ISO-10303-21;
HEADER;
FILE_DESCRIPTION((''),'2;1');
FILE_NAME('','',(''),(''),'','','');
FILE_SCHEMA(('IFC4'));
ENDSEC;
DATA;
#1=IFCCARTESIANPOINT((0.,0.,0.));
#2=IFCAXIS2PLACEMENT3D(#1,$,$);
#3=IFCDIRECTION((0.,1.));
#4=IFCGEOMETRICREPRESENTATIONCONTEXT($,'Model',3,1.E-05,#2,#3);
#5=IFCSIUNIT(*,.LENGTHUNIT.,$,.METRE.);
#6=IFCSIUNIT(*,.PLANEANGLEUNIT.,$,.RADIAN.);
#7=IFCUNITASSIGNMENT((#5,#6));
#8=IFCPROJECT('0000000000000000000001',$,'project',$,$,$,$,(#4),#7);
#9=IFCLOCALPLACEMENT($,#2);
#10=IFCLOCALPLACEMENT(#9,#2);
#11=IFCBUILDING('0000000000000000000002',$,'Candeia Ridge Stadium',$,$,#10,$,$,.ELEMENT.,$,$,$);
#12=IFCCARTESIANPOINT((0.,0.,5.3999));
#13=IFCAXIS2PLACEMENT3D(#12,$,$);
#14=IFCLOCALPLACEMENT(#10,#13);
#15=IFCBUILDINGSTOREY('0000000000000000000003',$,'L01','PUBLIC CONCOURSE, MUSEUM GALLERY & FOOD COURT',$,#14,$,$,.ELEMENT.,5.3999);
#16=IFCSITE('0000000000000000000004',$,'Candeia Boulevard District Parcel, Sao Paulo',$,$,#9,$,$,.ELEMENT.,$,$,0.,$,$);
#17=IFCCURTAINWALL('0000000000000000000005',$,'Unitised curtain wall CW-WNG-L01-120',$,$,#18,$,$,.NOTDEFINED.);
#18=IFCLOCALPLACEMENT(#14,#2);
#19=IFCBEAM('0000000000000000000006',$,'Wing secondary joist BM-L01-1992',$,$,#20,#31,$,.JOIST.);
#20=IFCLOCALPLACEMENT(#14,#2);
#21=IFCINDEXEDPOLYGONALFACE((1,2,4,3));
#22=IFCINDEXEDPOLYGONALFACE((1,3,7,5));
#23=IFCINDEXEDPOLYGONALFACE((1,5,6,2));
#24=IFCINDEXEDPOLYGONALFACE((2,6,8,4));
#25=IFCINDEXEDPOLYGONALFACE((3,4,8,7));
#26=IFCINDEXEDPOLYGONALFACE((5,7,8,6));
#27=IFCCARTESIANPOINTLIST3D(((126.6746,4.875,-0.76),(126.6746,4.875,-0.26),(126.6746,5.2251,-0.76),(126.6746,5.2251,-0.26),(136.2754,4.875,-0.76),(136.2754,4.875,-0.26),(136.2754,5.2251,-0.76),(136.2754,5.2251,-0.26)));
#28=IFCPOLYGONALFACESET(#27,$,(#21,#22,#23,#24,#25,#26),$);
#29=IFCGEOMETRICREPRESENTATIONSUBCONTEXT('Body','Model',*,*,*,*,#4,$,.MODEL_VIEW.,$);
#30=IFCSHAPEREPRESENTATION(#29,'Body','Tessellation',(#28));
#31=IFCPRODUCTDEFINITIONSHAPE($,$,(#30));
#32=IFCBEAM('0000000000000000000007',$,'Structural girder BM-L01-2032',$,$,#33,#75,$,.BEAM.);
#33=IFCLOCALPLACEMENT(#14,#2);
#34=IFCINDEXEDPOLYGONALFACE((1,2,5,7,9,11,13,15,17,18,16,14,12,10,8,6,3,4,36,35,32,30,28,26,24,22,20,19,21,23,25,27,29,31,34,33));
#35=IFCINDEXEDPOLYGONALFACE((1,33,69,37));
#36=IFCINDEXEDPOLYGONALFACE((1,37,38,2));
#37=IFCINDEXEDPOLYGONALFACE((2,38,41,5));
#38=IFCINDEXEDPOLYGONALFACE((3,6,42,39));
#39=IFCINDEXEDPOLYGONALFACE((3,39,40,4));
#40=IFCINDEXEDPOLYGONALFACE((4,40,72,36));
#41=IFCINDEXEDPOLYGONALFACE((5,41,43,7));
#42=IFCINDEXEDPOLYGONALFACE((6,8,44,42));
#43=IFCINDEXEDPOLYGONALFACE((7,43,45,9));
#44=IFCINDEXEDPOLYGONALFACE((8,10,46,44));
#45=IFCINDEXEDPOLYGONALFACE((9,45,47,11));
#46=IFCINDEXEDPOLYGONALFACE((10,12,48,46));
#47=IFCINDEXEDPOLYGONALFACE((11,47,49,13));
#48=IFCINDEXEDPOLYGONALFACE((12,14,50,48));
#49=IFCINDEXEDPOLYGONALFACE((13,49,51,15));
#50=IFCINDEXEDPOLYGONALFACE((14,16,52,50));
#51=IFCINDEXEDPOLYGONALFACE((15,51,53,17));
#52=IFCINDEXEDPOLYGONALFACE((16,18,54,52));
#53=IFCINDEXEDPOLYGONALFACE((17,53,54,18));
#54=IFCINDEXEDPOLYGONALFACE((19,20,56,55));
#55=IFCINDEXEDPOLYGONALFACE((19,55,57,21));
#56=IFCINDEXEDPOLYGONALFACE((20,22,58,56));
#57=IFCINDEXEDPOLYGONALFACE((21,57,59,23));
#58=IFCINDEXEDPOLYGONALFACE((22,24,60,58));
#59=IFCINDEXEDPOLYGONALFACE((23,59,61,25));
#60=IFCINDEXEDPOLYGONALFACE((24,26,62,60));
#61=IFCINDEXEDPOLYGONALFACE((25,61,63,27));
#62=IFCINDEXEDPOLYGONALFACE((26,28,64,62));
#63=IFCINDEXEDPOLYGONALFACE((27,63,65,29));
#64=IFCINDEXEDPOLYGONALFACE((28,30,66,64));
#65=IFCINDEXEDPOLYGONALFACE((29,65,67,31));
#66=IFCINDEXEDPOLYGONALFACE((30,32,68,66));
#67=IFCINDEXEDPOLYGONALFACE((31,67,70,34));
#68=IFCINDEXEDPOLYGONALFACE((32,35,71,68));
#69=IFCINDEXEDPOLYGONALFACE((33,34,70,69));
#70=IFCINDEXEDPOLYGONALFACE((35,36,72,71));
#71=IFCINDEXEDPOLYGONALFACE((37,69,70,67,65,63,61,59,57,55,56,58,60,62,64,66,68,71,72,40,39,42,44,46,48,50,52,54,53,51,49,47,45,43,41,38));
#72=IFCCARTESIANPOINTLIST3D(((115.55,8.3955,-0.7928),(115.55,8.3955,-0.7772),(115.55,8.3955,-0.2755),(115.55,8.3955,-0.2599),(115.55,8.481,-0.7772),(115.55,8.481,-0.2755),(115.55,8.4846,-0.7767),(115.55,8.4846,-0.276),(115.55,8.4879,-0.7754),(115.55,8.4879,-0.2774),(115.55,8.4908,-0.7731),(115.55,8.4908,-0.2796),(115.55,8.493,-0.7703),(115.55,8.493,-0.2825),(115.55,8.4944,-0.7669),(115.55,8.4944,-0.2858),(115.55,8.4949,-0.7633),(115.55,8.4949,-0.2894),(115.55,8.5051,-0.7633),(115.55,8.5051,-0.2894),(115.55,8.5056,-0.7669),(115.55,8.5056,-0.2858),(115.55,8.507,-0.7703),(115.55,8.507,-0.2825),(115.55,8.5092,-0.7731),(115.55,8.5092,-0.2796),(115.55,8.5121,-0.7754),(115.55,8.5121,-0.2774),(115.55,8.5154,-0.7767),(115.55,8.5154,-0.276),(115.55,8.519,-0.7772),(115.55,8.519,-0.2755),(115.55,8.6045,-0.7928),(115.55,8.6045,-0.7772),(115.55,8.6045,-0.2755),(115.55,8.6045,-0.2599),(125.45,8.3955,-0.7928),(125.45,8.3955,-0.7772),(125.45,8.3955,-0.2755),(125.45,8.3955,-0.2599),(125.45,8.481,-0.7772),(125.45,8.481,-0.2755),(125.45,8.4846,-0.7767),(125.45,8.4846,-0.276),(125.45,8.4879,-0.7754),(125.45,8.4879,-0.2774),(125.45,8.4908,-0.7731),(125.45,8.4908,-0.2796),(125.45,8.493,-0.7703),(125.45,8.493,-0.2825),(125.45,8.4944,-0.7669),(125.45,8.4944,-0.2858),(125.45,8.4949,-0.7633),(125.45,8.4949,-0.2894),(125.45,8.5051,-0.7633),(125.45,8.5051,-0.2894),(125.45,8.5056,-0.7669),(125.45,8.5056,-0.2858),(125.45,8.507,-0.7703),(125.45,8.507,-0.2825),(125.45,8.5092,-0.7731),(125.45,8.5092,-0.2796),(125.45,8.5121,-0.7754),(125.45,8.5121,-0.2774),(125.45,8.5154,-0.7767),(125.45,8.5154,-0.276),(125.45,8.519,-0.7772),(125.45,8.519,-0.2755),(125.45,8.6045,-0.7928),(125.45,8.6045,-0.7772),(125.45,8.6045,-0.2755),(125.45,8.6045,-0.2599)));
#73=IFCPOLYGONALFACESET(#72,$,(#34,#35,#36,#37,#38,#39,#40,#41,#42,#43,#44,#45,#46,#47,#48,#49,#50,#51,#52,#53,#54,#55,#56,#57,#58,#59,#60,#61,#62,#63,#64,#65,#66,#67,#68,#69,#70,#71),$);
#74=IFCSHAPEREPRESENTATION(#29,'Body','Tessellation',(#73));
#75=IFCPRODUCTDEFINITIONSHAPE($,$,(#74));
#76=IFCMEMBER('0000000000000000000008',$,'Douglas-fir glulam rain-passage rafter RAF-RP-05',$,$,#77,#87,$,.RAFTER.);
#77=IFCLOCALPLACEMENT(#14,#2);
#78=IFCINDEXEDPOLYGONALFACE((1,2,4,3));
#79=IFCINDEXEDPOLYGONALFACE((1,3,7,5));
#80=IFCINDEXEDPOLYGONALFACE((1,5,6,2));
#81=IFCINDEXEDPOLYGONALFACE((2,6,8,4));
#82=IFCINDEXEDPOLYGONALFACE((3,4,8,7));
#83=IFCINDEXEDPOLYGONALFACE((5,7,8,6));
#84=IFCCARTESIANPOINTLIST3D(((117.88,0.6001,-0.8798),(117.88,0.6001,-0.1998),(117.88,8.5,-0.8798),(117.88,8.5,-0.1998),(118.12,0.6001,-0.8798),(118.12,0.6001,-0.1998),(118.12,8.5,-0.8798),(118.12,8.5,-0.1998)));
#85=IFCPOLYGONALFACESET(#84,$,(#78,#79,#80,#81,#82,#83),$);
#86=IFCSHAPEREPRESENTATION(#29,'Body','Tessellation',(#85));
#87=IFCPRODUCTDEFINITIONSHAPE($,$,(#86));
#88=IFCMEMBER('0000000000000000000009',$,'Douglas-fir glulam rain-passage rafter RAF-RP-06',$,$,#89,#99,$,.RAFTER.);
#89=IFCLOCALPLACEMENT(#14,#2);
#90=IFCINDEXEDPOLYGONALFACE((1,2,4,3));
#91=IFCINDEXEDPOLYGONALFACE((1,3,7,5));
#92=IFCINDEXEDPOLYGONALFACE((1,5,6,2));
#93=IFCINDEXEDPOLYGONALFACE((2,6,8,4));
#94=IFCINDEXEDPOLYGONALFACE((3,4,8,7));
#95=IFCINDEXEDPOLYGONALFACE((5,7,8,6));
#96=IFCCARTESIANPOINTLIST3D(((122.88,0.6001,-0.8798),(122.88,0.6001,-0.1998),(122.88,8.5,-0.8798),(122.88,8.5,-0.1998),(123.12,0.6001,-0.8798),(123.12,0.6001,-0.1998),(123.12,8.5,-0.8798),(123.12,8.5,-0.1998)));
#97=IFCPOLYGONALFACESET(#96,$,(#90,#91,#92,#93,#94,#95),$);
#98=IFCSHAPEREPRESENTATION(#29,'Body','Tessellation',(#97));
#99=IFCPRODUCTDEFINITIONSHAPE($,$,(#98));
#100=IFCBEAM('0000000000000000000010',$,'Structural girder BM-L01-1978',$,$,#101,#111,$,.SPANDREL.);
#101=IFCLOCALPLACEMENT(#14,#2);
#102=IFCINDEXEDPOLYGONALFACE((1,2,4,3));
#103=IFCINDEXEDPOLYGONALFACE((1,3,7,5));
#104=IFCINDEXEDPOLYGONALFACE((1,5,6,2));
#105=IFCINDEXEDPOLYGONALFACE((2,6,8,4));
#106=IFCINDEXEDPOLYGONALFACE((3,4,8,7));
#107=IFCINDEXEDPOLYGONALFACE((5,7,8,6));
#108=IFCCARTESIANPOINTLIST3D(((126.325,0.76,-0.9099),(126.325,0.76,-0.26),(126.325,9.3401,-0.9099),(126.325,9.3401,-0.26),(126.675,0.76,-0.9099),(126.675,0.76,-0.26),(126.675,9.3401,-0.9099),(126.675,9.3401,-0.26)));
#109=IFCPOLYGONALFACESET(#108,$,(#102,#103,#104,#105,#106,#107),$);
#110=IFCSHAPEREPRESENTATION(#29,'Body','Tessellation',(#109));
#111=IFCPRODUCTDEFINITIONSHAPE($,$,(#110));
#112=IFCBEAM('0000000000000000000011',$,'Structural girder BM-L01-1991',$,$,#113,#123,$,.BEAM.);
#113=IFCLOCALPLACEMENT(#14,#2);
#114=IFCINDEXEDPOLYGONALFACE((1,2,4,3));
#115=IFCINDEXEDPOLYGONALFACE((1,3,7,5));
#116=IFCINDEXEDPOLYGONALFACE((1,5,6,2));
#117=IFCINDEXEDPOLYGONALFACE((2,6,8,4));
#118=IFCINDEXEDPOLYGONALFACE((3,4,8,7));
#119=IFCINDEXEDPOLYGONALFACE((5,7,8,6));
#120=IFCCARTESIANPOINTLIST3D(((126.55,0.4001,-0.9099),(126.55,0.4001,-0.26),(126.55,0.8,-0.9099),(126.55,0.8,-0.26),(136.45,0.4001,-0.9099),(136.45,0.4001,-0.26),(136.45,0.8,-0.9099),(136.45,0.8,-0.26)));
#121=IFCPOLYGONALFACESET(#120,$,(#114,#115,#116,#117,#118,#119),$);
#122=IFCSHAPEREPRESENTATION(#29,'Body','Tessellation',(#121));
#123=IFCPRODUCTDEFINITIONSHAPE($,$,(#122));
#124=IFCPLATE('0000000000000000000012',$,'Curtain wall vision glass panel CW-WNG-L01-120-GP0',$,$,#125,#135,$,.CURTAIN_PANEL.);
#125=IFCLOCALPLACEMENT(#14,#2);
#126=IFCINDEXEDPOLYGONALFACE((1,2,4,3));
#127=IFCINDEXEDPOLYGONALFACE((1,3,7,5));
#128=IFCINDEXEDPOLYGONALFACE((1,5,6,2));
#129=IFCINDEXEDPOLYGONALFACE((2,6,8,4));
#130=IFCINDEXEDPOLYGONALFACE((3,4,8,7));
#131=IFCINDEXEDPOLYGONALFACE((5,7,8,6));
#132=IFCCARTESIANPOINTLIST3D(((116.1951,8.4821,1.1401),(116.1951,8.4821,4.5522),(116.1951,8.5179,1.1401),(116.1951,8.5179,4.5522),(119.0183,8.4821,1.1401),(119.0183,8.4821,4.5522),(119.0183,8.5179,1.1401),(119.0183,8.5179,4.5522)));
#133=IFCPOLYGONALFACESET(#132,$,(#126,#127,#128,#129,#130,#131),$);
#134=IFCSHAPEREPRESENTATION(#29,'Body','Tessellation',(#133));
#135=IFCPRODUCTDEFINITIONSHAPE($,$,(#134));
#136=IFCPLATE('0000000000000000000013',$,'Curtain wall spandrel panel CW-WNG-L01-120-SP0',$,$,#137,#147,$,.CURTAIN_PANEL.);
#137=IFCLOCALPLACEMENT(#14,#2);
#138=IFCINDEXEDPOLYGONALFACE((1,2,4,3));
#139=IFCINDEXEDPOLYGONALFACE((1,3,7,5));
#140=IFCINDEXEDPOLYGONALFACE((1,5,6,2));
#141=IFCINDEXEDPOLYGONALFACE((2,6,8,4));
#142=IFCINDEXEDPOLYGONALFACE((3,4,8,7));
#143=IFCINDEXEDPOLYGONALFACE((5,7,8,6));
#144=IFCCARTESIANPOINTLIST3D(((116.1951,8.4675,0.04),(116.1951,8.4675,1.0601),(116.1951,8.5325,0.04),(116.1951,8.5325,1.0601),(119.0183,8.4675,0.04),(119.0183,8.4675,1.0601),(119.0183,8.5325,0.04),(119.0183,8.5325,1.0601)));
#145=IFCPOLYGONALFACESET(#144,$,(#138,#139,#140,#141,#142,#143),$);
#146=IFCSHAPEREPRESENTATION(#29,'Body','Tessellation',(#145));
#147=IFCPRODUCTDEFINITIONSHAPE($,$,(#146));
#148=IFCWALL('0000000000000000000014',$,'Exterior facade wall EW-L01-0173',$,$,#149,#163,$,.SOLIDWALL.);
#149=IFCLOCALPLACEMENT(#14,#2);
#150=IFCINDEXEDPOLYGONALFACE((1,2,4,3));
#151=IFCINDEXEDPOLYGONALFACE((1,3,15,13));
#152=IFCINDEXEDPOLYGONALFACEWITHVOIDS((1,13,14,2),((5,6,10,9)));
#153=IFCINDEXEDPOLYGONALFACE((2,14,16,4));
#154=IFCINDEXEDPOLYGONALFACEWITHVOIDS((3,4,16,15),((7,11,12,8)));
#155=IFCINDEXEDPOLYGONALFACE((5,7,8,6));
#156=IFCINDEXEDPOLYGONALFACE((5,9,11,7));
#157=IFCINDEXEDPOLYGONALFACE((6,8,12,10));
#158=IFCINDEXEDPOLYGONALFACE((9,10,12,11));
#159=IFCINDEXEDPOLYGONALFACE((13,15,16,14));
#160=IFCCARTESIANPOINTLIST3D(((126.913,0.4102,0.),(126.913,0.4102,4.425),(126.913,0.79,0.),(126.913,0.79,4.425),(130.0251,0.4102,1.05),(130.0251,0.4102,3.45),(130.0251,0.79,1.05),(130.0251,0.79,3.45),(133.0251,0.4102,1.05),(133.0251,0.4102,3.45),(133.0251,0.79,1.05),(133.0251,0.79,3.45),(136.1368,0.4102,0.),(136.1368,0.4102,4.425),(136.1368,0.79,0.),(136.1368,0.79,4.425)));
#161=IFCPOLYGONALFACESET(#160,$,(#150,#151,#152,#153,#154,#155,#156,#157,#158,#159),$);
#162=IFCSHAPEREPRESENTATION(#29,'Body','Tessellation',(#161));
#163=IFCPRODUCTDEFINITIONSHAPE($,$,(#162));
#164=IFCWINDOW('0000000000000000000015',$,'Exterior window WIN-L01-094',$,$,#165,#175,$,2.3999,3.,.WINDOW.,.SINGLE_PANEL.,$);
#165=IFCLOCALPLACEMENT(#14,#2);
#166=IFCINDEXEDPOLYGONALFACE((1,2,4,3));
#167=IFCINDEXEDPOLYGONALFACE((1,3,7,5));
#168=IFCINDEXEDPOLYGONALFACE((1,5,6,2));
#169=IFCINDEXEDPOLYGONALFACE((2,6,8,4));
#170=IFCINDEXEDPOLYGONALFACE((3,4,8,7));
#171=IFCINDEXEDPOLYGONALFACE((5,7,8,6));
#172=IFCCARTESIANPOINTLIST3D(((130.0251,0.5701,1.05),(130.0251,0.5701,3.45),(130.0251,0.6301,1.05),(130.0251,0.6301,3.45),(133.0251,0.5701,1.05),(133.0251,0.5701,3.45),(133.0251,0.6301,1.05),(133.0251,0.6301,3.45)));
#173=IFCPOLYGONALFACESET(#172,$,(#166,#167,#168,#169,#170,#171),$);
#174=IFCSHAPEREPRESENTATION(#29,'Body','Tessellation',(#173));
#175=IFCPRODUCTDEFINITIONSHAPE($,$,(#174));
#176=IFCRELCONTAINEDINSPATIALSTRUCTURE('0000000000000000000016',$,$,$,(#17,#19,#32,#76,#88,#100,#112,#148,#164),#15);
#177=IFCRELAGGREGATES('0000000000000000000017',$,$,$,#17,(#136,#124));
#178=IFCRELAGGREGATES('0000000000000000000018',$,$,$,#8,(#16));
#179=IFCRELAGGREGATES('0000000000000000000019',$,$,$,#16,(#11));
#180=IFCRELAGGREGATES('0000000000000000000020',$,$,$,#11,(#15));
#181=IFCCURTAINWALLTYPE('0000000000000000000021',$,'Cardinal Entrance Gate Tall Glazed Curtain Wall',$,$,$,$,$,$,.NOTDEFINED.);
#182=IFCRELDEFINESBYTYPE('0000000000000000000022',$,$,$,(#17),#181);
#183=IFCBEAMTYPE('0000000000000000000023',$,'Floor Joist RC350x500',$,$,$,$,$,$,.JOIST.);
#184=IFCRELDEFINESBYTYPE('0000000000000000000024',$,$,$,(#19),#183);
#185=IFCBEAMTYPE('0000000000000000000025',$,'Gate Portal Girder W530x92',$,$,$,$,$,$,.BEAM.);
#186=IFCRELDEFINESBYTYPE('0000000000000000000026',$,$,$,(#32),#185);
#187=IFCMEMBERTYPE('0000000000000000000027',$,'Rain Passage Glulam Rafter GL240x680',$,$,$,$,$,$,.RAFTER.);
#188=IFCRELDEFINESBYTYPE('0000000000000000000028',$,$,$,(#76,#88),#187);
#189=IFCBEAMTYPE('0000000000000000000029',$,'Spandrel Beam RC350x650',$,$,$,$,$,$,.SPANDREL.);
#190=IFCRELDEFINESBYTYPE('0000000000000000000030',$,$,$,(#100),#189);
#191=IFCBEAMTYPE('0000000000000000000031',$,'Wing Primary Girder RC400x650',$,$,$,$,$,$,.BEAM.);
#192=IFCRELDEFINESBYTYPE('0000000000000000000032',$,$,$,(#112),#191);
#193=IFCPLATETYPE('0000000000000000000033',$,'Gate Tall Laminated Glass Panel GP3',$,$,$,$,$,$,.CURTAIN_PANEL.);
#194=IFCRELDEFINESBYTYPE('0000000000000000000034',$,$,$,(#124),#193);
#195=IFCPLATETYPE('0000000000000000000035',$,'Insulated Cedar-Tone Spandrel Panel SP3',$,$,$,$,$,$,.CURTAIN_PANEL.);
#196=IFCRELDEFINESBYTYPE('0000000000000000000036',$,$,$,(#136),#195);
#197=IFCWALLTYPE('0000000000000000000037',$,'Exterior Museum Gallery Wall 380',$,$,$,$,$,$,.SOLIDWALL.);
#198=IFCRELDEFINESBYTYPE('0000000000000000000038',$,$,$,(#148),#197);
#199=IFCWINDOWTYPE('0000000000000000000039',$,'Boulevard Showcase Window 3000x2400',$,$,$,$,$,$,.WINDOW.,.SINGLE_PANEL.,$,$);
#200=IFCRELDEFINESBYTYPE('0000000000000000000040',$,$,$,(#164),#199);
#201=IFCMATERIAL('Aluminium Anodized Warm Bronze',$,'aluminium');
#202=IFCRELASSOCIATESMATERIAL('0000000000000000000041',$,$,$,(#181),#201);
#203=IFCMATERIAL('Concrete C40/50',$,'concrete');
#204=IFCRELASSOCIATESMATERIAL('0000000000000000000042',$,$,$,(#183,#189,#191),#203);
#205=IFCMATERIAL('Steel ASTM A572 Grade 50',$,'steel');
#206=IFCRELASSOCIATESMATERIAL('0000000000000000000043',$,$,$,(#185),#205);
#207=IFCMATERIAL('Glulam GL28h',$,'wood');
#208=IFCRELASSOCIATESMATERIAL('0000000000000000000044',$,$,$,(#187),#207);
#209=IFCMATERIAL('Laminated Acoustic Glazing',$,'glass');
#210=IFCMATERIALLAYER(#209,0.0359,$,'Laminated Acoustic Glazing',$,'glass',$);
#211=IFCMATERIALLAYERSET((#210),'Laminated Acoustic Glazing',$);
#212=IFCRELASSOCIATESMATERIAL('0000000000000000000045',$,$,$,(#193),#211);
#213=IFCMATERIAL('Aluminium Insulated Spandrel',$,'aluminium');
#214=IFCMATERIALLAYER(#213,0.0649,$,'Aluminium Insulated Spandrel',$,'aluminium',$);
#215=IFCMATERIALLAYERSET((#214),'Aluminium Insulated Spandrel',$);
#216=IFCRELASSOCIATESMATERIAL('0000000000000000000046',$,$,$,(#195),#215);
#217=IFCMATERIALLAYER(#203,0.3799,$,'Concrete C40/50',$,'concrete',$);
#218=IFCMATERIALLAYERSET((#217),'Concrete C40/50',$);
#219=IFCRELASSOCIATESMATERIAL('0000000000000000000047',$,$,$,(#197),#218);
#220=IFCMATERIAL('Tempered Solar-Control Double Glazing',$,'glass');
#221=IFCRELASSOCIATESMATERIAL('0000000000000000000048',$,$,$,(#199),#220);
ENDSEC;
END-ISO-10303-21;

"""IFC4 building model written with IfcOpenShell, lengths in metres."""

from ifc_helpers import new_model, si_unit, direction, frame, frame_2d, origin, origin_2d, place, context, subcontext, project, spatial, rectangle, i_section, extrude, material, layer, layer_set, material_profile, profile_set, type_object, element, fill, aggregate, save


model = new_model("IFC4")

# Units and contexts
model_context = context("Model", 3, precision=1e-05, world=origin(), true_north=direction((0.0, 1.0)))
body_context = subcontext(model_context, "Body", "Model", "MODEL_VIEW")
ifc_project = project(units=[si_unit("LENGTHUNIT", "METRE"), si_unit("PLANEANGLEUNIT", "RADIAN")], contexts=[model_context])

# Site, building, storey
site_placement = place(None, origin())
site = spatial("IfcSite", under=ifc_project, at=site_placement, Name="Candeia Boulevard District Parcel, Sao Paulo", CompositionType="ELEMENT", RefElevation=0.0)
building_placement = place(site_placement, origin())
building = spatial("IfcBuilding", under=site, at=building_placement, Name="Candeia Ridge Stadium", CompositionType="ELEMENT")
storey_placement = place(building_placement, frame((0.0, 0.0, 5.3999)))
storey = spatial("IfcBuildingStorey", under=building, at=storey_placement, Name="L01", Description="PUBLIC CONCOURSE, MUSEUM GALLERY & FOOD COURT", CompositionType="ELEMENT", Elevation=5.3999)

# Shared definitions
ifc_material_1 = material(Name="Steel ASTM A572 Grade 50", Category="steel")

# Shared definitions
ifc_material_2 = material(Name="Aluminium Anodized Warm Bronze", Category="aluminium")
curtain_wall_type = type_object("IfcCurtainWallType", Name="Cardinal Entrance Gate Tall Glazed Curtain Wall", PredefinedType="NOTDEFINED", material=ifc_material_2)

# Curtain wall
curtain_wall_1_placement = place(storey_placement, origin())
curtain_wall_1 = element("IfcCurtainWall", 1, at=curtain_wall_1_placement, inside=storey, type_object=curtain_wall_type, Name="Unitised curtain wall CW-WNG-L01-120", PredefinedType="NOTDEFINED")

# Beams
ifc_material_3 = material(Name="Concrete C40/50", Category="concrete")
ifc_material_profile_1 = material_profile(ifc_material_3, rectangle(XDim=0.3501, YDim=0.5, at=origin_2d()), Name="RC350x500", Category="concrete")
ifc_profile_set_1 = profile_set([ifc_material_profile_1], Name="Concrete C40/50")
beam_type_1 = type_object("IfcBeamType", Name="Floor Joist RC350x500", PredefinedType="JOIST", material=ifc_profile_set_1)
beam_1_placement = place(storey_placement, frame((126.6746, 5.05, -0.51), z_axis=(1.0, 0.0, 0.0), x_axis=(0.0, 1.0, 0.0)))
element("IfcBeam", 2, at=beam_1_placement, inside=storey, type_object=beam_type_1, Name="Wing secondary joist BM-L01-1992", PredefinedType="JOIST", context=body_context, shape_type="SweptSolid", body=[
    extrude(rectangle(XDim=0.3501, YDim=0.5, at=origin_2d()), origin(), (0.0, 0.0, 1.0), 9.6008),
])
ifc_material_profile_2 = material_profile(ifc_material_1, i_section(OverallWidth=0.209, OverallDepth=0.533, WebThickness=0.0103, FlangeThickness=0.0156, FilletRadius=0.0139, at=origin_2d()), Name="W530x92", Category="steel")
ifc_profile_set_2 = profile_set([ifc_material_profile_2], Name="Steel ASTM A572 Grade 50")
beam_type_2 = type_object("IfcBeamType", Name="Gate Portal Girder W530x92", PredefinedType="BEAM", material=ifc_profile_set_2)
beam_2_placement = place(storey_placement, frame((115.55, 8.5, -0.5264), z_axis=(1.0, 0.0, 0.0), x_axis=(0.0, 1.0, 0.0)))
element("IfcBeam", 3, at=beam_2_placement, inside=storey, type_object=beam_type_2, Name="Structural girder BM-L01-2032", PredefinedType="BEAM", context=body_context, shape_type="SweptSolid", body=[
    extrude(i_section(OverallWidth=0.209, OverallDepth=0.533, WebThickness=0.0103, FlangeThickness=0.0156, FilletRadius=0.0139, at=origin_2d()), origin(), (0.0, 0.0, 1.0), 9.8999),
])

# Members
ifc_material_4 = material(Name="Glulam GL28h", Category="wood")
ifc_material_profile_3 = material_profile(ifc_material_4, rectangle(XDim=0.24, YDim=0.6799, at=origin_2d()), Name="GL240x680", Category="wood")
ifc_profile_set_3 = profile_set([ifc_material_profile_3], Name="Glulam GL28h")
member_type_1 = type_object("IfcMemberType", Name="Rain Passage Glulam Rafter GL240x680", PredefinedType="RAFTER", material=ifc_profile_set_3)
for number, where, z_axis, x_axis, name in (
    (4, (118.0, 0.6001, -0.5398), (0.0, 1.0, 0.0), (-1.0, 0.0, 0.0), "Douglas-fir glulam rain-passage rafter RAF-RP-05"),
    (5, (123.0, 0.6001, -0.5398), (0.0, 1.0, 0.0), (-1.0, 0.0, 0.0), "Douglas-fir glulam rain-passage rafter RAF-RP-06"),
):
    element("IfcMember", number, at=place(storey_placement, frame(where, z_axis=z_axis, x_axis=x_axis)), inside=storey, type_object=member_type_1, Name=name, PredefinedType="RAFTER", context=body_context, shape_type="SweptSolid", body=[
        extrude(rectangle(XDim=0.24, YDim=0.6799, at=origin_2d()), origin(), (0.0, 0.0, 1.0), 7.8999),
    ])

# Beams
ifc_material_profile_4 = material_profile(ifc_material_3, rectangle(XDim=0.3501, YDim=0.6499, at=origin_2d()), Name="RC350x650", Category="concrete")
ifc_profile_set_4 = profile_set([ifc_material_profile_4], Name="Concrete C40/50")
beam_type_3 = type_object("IfcBeamType", Name="Spandrel Beam RC350x650", PredefinedType="SPANDREL", material=ifc_profile_set_4)
beam_3_placement = place(storey_placement, frame((126.5, 0.76, -0.585), z_axis=(0.0, 1.0, 0.0), x_axis=(-1.0, 0.0, 0.0)))
element("IfcBeam", 6, at=beam_3_placement, inside=storey, type_object=beam_type_3, Name="Structural girder BM-L01-1978", PredefinedType="SPANDREL", context=body_context, shape_type="SweptSolid", body=[
    extrude(rectangle(XDim=0.3501, YDim=0.6499, at=origin_2d()), origin(), (0.0, 0.0, 1.0), 8.5801),
])
ifc_material_profile_5 = material_profile(ifc_material_3, rectangle(XDim=0.3999, YDim=0.6499, at=origin_2d()), Name="RC400x650", Category="concrete")
ifc_profile_set_5 = profile_set([ifc_material_profile_5], Name="Concrete C40/50")
beam_type_4 = type_object("IfcBeamType", Name="Wing Primary Girder RC400x650", PredefinedType="BEAM", material=ifc_profile_set_5)
beam_4_placement = place(storey_placement, frame((126.55, 0.6001, -0.585), z_axis=(1.0, 0.0, 0.0), x_axis=(0.0, 1.0, 0.0)))
element("IfcBeam", 7, at=beam_4_placement, inside=storey, type_object=beam_type_4, Name="Structural girder BM-L01-1991", PredefinedType="BEAM", context=body_context, shape_type="SweptSolid", body=[
    extrude(rectangle(XDim=0.3999, YDim=0.6499, at=origin_2d()), origin(), (0.0, 0.0, 1.0), 9.8999),
])

# Plates
ifc_material_5 = material(Name="Laminated Acoustic Glazing", Category="glass")
ifc_layer_1 = layer(ifc_material_5, 0.0359, Name="Laminated Acoustic Glazing", Category="glass")
ifc_layer_set_1 = layer_set([ifc_layer_1], Name="Laminated Acoustic Glazing")
plate_type_1 = type_object("IfcPlateType", Name="Gate Tall Laminated Glass Panel GP3", PredefinedType="CURTAIN_PANEL", material=ifc_layer_set_1)
plate_1_placement = place(storey_placement, frame((117.6067, 8.5, 1.1401), z_axis=(0.0, 0.0, 1.0), x_axis=(1.0, 0.0, 0.0)))
plate_1 = element("IfcPlate", 8, at=plate_1_placement, type_object=plate_type_1, Name="Curtain wall vision glass panel CW-WNG-L01-120-GP0", PredefinedType="CURTAIN_PANEL", context=body_context, shape_type="SweptSolid", body=[
    extrude(rectangle(XDim=2.8232, YDim=0.0359, at=origin_2d()), origin(), (0.0, 0.0, 1.0), 3.4121),
])
ifc_material_6 = material(Name="Aluminium Insulated Spandrel", Category="aluminium")
ifc_layer_2 = layer(ifc_material_6, 0.0649, Name="Aluminium Insulated Spandrel", Category="aluminium")
ifc_layer_set_2 = layer_set([ifc_layer_2], Name="Aluminium Insulated Spandrel")
plate_type_2 = type_object("IfcPlateType", Name="Insulated Cedar-Tone Spandrel Panel SP3", PredefinedType="CURTAIN_PANEL", material=ifc_layer_set_2)
plate_2_placement = place(storey_placement, frame((117.6067, 8.5, 0.04), z_axis=(0.0, 0.0, 1.0), x_axis=(1.0, 0.0, 0.0)))
plate_2 = element("IfcPlate", 9, at=plate_2_placement, type_object=plate_type_2, Name="Curtain wall spandrel panel CW-WNG-L01-120-SP0", PredefinedType="CURTAIN_PANEL", context=body_context, shape_type="SweptSolid", body=[
    extrude(rectangle(XDim=2.8232, YDim=0.0649, at=origin_2d()), origin(), (0.0, 0.0, 1.0), 1.02),
])
aggregate(curtain_wall_1, [plate_2, plate_1])

# Wall, opening, window
ifc_layer_3 = layer(ifc_material_3, 0.3799, Name="Concrete C40/50", Category="concrete")
ifc_layer_set_3 = layer_set([ifc_layer_3], Name="Concrete C40/50")
wall_type_1 = type_object("IfcWallType", Name="Exterior Museum Gallery Wall 380", PredefinedType="SOLIDWALL", material=ifc_layer_set_3)
wall_1_placement = place(storey_placement, frame((126.9131, 0.6001, 0.0), z_axis=(0.0, 0.0, 1.0), x_axis=(1.0, 0.0, 0.0)))
wall_1 = element("IfcWall", 10, at=wall_1_placement, inside=storey, type_object=wall_type_1, Name="Exterior facade wall EW-L01-0173", PredefinedType="SOLIDWALL", context=body_context, shape_type="SweptSolid", body=[
    extrude(rectangle(XDim=9.2239, YDim=0.3799, at=frame_2d((4.6118, 0.0))), origin(), (0.0, 0.0, 1.0), 4.425),
])
opening_placement = place(wall_1_placement, frame((3.1121, 0.0, 1.05)))
opening = element("IfcOpeningElement", 11, at=opening_placement, cuts=wall_1, PredefinedType="OPENING", context=body_context, shape_type="SweptSolid", body=[
    extrude(rectangle(XDim=3.0, YDim=2.3999, at=frame_2d((1.5, 1.2))), frame((0.0, 0.2, 0.0), z_axis=(0.0, -1.0, 0.0), x_axis=(1.0, 0.0, 0.0)), (0.0, 0.0, 1.0), 0.3999),
])
ifc_material_7 = material(Name="Tempered Solar-Control Double Glazing", Category="glass")
window_type = type_object("IfcWindowType", Name="Boulevard Showcase Window 3000x2400", PartitioningType="SINGLE_PANEL", PredefinedType="WINDOW", material=ifc_material_7)
window_placement = place(opening_placement, origin())
window = element("IfcWindow", 12, at=window_placement, inside=storey, type_object=window_type, Name="Exterior window WIN-L01-094", OverallHeight=2.3999, OverallWidth=3.0, PartitioningType="SINGLE_PANEL", PredefinedType="WINDOW", context=body_context, shape_type="SweptSolid", body=[
    extrude(rectangle(XDim=3.0, YDim=2.3999, at=frame_2d((1.5, 1.2))), frame((0.0, 0.03, 0.0), z_axis=(0.0, -1.0, 0.0), x_axis=(1.0, 0.0, 0.0)), (0.0, 0.0, 1.0), 0.0601),
])
fill(opening, window)

save(model, "model.ifc")
